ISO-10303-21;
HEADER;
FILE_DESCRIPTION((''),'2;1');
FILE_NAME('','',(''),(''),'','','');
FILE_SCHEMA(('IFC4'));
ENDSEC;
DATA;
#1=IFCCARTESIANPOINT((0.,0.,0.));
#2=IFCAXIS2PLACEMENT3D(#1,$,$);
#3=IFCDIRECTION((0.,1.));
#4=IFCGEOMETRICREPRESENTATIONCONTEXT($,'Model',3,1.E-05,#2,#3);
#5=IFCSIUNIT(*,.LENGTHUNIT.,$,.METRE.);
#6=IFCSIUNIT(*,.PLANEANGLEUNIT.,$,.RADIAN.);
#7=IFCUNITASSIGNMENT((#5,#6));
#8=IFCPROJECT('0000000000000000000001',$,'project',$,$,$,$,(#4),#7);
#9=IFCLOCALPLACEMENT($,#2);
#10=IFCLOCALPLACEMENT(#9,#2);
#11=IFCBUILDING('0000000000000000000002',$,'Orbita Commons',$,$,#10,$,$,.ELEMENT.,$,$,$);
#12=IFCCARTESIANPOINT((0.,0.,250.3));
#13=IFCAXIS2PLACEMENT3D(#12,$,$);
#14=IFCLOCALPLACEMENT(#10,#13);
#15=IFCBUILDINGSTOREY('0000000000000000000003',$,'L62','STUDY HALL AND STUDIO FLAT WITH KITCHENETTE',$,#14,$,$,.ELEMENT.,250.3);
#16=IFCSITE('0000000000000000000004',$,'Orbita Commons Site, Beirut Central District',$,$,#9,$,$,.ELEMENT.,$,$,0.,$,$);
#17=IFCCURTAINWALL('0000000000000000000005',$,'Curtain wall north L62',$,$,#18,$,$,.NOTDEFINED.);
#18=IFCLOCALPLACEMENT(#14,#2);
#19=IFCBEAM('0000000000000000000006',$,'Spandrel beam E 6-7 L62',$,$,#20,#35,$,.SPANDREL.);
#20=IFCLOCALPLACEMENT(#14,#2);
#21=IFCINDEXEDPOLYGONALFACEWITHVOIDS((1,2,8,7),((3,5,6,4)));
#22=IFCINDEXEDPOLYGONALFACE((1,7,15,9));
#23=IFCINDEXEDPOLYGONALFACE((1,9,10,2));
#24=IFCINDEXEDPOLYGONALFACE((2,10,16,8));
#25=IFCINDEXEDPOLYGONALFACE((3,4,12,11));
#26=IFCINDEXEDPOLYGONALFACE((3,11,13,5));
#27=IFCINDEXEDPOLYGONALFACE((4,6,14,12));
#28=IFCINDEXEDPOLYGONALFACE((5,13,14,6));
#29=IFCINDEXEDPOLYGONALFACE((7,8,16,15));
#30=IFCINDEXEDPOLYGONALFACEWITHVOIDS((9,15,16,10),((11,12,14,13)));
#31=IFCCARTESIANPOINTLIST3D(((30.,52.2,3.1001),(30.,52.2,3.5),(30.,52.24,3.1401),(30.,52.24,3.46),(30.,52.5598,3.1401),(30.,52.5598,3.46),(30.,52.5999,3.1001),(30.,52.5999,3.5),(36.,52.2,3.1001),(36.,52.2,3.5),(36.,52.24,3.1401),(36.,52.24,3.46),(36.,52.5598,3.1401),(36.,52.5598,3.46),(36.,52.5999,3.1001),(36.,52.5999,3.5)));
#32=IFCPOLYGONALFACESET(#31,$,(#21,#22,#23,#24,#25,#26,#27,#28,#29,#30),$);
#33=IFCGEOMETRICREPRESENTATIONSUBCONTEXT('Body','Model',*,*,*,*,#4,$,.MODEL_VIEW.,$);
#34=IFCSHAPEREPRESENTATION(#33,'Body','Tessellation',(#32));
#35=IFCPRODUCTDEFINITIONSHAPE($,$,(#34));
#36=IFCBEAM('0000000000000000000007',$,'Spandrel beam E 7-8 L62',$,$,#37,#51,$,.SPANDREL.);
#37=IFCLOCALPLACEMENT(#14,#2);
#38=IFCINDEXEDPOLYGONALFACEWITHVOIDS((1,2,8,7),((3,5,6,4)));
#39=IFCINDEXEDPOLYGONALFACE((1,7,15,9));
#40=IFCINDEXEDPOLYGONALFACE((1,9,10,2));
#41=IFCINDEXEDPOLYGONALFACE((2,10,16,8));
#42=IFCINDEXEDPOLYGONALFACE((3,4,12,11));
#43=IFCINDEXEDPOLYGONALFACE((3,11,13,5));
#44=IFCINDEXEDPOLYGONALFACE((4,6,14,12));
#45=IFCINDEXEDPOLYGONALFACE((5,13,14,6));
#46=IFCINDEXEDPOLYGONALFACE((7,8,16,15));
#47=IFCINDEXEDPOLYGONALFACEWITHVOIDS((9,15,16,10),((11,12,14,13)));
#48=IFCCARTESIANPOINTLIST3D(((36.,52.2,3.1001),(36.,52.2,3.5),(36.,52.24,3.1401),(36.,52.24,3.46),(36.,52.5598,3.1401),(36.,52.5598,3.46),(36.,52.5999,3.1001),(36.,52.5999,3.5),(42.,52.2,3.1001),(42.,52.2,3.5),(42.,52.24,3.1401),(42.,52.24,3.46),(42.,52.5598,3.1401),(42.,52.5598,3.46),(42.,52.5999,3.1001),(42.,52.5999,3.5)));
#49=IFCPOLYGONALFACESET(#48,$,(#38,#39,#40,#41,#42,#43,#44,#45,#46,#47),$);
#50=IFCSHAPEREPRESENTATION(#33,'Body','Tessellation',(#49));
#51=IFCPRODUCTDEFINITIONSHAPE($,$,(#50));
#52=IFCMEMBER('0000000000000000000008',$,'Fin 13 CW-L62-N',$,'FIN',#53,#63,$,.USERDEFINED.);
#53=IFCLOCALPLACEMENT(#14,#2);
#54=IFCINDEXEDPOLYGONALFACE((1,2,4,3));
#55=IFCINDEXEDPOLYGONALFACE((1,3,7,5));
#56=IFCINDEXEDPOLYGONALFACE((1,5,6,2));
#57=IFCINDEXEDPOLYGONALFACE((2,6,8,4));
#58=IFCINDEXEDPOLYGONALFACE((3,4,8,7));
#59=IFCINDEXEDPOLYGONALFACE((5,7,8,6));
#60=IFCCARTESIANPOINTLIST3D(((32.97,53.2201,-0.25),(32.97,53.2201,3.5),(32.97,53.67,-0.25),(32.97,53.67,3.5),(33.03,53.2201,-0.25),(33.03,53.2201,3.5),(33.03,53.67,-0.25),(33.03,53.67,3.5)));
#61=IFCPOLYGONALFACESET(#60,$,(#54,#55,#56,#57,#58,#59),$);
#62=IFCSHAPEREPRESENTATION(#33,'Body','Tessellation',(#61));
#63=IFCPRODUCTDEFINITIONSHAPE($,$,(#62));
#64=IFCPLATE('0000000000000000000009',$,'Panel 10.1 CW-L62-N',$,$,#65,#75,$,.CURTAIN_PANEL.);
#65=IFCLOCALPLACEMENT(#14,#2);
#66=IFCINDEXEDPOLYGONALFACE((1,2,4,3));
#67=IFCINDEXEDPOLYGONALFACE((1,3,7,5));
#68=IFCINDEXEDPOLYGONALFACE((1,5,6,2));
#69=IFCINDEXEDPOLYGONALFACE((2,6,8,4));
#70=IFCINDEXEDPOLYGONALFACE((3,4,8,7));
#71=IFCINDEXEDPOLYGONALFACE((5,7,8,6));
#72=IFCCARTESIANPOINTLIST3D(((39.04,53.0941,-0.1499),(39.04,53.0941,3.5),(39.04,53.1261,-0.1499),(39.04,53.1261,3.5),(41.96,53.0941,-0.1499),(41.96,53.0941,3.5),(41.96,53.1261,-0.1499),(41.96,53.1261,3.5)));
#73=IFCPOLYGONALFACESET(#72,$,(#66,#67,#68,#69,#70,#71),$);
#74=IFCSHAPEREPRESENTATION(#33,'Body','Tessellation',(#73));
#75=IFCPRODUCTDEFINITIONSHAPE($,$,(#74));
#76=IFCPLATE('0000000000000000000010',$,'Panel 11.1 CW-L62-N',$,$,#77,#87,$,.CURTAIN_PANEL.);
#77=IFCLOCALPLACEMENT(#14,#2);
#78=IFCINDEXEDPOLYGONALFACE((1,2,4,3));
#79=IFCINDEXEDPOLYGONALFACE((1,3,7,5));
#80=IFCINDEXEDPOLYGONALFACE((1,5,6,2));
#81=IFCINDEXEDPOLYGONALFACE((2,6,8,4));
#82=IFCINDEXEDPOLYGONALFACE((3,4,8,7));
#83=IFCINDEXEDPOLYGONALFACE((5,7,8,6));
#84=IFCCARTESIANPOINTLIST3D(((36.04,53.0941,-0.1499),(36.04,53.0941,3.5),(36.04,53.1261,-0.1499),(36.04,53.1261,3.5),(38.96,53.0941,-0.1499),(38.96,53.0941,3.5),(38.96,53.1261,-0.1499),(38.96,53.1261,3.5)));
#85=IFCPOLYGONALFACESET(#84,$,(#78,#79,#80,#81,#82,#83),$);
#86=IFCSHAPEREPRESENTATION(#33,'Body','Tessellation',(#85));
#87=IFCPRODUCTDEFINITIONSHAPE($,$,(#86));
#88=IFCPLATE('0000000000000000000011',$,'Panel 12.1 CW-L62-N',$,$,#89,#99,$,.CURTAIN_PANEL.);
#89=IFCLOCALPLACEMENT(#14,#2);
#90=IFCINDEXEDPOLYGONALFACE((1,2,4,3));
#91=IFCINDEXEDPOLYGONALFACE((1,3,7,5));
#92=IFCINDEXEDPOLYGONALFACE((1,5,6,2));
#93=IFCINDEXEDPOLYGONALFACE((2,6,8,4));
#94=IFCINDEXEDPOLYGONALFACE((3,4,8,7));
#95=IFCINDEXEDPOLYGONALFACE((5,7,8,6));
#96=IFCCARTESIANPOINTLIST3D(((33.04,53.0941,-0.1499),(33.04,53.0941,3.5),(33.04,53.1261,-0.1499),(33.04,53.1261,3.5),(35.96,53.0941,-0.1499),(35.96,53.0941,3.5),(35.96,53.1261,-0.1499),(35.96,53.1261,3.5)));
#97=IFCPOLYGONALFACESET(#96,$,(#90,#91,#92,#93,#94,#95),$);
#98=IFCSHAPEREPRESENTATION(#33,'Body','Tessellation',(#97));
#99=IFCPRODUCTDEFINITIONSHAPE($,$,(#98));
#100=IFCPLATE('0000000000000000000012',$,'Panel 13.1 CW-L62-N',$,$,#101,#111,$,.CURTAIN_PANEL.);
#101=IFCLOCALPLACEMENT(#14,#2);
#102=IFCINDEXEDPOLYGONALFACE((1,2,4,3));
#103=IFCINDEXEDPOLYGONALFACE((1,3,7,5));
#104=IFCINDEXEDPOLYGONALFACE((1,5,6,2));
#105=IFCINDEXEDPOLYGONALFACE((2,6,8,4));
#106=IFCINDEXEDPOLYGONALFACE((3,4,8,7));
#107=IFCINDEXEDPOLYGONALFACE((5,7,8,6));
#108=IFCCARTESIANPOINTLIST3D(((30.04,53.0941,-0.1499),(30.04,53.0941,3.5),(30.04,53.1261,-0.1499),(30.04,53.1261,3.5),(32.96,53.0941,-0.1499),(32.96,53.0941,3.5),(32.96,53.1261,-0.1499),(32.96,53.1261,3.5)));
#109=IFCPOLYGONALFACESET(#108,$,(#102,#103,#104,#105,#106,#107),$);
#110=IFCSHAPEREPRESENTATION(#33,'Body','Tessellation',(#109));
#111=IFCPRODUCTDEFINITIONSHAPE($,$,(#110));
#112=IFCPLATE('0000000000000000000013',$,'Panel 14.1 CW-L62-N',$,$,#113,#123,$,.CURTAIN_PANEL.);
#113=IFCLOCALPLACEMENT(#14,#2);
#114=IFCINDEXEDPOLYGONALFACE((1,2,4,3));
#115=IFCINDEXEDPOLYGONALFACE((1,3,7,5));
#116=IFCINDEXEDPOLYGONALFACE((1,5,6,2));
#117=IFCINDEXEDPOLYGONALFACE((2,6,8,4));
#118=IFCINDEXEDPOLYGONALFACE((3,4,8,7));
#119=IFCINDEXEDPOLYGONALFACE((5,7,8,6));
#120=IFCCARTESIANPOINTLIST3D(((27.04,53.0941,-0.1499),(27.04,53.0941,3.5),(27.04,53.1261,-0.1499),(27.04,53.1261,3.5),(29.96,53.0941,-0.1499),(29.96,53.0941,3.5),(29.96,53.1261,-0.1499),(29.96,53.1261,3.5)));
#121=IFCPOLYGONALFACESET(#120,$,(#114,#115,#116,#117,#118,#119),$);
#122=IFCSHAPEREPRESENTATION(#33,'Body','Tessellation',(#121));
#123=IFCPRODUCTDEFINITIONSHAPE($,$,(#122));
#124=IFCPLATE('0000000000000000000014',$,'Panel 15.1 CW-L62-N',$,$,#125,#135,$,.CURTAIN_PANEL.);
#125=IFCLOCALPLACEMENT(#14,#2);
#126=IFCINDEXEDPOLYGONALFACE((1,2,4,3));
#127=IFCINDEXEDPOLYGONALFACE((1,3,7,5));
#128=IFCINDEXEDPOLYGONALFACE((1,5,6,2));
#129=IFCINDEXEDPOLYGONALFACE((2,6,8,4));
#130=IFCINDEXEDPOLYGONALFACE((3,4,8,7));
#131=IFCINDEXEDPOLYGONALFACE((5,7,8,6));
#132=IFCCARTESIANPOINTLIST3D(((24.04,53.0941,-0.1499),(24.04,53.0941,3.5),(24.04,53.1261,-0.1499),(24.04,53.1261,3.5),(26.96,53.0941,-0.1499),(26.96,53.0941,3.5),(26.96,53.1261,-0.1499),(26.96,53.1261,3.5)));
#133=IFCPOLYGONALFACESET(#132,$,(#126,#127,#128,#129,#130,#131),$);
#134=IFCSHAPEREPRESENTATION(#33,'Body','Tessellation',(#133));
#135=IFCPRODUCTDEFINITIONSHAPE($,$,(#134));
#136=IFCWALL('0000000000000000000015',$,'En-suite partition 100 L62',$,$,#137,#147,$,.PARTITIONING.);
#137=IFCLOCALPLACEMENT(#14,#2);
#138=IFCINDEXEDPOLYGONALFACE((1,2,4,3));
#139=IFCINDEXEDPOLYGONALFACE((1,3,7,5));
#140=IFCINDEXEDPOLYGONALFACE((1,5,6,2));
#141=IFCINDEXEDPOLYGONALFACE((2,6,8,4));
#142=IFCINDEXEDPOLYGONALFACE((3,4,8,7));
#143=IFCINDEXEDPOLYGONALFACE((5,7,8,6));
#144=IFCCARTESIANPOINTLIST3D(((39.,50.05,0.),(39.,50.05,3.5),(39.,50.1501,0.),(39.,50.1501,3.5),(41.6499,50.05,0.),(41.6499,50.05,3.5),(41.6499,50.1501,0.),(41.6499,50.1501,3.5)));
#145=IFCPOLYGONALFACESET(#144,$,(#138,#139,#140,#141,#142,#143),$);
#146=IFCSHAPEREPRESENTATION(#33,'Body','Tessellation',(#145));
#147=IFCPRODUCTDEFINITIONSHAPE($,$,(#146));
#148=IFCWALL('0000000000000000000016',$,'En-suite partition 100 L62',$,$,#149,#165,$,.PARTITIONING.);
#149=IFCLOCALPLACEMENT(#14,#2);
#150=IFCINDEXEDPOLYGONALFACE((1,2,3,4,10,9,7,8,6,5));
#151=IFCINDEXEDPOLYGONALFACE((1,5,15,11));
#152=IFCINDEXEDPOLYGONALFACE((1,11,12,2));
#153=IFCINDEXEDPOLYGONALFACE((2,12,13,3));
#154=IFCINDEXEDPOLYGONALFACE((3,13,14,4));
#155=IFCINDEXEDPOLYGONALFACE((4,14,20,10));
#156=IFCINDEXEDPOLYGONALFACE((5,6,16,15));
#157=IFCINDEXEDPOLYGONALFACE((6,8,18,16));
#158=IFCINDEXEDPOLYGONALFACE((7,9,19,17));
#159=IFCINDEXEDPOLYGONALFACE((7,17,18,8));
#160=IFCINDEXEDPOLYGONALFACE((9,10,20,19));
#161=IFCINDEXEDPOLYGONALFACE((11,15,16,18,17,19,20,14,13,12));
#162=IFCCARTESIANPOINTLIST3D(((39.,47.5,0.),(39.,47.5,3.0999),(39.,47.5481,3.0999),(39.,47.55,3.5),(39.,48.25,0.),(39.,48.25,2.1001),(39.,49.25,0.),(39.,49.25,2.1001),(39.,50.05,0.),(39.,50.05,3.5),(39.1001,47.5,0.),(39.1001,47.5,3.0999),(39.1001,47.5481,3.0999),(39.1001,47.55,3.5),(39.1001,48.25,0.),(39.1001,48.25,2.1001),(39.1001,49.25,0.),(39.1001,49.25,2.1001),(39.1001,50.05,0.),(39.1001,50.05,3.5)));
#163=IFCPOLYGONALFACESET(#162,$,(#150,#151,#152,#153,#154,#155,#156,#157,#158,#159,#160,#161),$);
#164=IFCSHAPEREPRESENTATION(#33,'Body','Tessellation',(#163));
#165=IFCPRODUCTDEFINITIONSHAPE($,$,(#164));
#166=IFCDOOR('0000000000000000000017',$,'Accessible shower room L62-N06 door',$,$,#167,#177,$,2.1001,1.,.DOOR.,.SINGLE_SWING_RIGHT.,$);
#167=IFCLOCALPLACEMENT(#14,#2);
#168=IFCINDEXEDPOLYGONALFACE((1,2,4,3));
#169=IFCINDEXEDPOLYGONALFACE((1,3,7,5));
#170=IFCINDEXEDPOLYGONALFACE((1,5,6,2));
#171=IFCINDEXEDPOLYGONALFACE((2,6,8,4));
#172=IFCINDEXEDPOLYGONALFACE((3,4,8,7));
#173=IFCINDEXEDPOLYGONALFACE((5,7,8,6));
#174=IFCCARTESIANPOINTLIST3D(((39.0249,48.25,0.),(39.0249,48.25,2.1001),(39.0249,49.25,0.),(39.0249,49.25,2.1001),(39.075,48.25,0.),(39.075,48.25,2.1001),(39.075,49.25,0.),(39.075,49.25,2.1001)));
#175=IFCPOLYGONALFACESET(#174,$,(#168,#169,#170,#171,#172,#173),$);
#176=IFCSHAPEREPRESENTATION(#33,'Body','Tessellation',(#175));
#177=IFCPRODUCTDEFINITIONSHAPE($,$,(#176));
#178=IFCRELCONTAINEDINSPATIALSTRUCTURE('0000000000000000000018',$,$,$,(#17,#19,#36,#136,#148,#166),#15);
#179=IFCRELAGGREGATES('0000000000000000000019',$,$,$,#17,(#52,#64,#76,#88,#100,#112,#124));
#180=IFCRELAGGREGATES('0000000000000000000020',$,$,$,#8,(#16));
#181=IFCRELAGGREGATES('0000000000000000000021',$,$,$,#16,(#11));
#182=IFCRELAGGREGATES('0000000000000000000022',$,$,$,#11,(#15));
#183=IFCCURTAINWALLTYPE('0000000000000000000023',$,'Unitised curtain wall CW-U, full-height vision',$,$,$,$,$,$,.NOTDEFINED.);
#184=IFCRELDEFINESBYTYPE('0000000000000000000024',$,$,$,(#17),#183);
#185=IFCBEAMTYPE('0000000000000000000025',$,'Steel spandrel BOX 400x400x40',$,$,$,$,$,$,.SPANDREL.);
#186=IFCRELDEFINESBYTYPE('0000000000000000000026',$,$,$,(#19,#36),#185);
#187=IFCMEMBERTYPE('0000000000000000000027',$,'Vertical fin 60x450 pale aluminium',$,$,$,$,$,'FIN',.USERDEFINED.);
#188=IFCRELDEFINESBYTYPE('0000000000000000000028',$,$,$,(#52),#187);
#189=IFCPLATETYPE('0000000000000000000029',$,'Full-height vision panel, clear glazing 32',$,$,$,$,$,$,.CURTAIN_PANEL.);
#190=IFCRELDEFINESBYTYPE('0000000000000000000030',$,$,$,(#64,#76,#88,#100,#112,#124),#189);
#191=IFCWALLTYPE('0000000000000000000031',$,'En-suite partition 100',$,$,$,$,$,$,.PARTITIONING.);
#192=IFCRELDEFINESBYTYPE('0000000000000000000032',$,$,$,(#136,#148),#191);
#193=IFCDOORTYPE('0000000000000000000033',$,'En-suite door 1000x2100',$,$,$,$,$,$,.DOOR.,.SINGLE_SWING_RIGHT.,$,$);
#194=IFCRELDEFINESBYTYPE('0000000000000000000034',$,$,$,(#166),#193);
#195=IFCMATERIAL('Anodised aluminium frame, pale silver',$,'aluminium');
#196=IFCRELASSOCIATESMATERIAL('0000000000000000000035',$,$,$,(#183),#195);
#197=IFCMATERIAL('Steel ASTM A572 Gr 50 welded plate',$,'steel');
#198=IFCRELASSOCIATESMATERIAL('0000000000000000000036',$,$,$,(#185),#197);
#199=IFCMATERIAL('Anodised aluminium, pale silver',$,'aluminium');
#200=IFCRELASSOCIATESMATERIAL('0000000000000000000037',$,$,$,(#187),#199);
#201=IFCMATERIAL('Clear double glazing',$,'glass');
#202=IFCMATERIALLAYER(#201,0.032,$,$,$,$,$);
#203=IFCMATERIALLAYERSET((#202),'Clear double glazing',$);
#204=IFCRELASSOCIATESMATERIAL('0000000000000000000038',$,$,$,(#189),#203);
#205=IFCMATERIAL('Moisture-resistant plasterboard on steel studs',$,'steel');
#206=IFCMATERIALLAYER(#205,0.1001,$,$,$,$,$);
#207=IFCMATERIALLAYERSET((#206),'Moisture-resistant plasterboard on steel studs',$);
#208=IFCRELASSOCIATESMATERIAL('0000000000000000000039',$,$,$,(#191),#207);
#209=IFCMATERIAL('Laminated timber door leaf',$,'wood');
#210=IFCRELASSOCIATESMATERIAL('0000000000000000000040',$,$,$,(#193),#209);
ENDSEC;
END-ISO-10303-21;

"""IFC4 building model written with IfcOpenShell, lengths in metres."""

from ifc_helpers import new_model, si_unit, direction, frame, frame_2d, origin, origin_2d, place, context, subcontext, project, spatial, polyline, rectangle, hollow_rectangle, outline, extrude, material, layer, layer_set, material_profile, profile_set, type_object, element, fill, aggregate, save


model = new_model("IFC4")

# Units and contexts
model_context = context("Model", 3, precision=1e-05, world=origin(), true_north=direction((0.0, 1.0)))
body_context = subcontext(model_context, "Body", "Model", "MODEL_VIEW")
ifc_project = project(units=[si_unit("LENGTHUNIT", "METRE"), si_unit("PLANEANGLEUNIT", "RADIAN")], contexts=[model_context])

# Site, building, storey
site_placement = place(None, origin())
site = spatial("IfcSite", under=ifc_project, at=site_placement, Name="Orbita Commons Site, Beirut Central District", CompositionType="ELEMENT", RefElevation=0.0)
building_placement = place(site_placement, origin())
building = spatial("IfcBuilding", under=site, at=building_placement, Name="Orbita Commons", CompositionType="ELEMENT")
storey_placement = place(building_placement, frame((0.0, 0.0, 250.3)))
storey = spatial("IfcBuildingStorey", under=building, at=storey_placement, Name="L62", Description="STUDY HALL AND STUDIO FLAT WITH KITCHENETTE", CompositionType="ELEMENT", Elevation=250.3)

# Curtain wall
ifc_material_1 = material(Name="Anodised aluminium frame, pale silver", Category="aluminium")
curtain_wall_type = type_object("IfcCurtainWallType", Name="Unitised curtain wall CW-U, full-height vision", PredefinedType="NOTDEFINED", material=ifc_material_1)
curtain_wall_placement = place(storey_placement, origin())
curtain_wall = element("IfcCurtainWall", 1, at=curtain_wall_placement, inside=storey, type_object=curtain_wall_type, Name="Curtain wall north L62", PredefinedType="NOTDEFINED")

# Beams
ifc_material_2 = material(Name="Steel ASTM A572 Gr 50 welded plate", Category="steel")
ifc_material_profile_1 = material_profile(ifc_material_2, hollow_rectangle(XDim=0.3999, YDim=0.3999, WallThickness=0.04, at=origin_2d()), Name="BOX 400x400x40")
ifc_profile_set_1 = profile_set([ifc_material_profile_1], Name="Steel ASTM A572 Gr 50 welded plate")
beam_type = type_object("IfcBeamType", Name="Steel spandrel BOX 400x400x40", PredefinedType="SPANDREL", material=ifc_profile_set_1)
for number, where, z_axis, x_axis, name in (
    (2, (30.0, 52.3999, 3.3), (1.0, 0.0, 0.0), (0.0, 1.0, 0.0), "Spandrel beam E 6-7 L62"),
    (3, (36.0, 52.3999, 3.3), (1.0, 0.0, 0.0), (0.0, 1.0, 0.0), "Spandrel beam E 7-8 L62"),
):
    element("IfcBeam", number, at=place(storey_placement, frame(where, z_axis=z_axis, x_axis=x_axis)), inside=storey, type_object=beam_type, Name=name, PredefinedType="SPANDREL", context=body_context, shape_type="SweptSolid", body=[
        extrude(hollow_rectangle(XDim=0.3999, YDim=0.3999, WallThickness=0.04, at=origin_2d()), origin(), (0.0, 0.0, 1.0), 6.0),
    ])

# Member
ifc_material_3 = material(Name="Anodised aluminium, pale silver", Category="aluminium")
ifc_material_profile_2 = material_profile(ifc_material_3, rectangle(XDim=0.0601, YDim=0.45, at=origin_2d()), Name="FIN 60x450")
ifc_profile_set_2 = profile_set([ifc_material_profile_2], Name="Anodised aluminium, pale silver")
member_type_1 = type_object("IfcMemberType", Name="Vertical fin 60x450 pale aluminium", ElementType="FIN", PredefinedType="USERDEFINED", material=ifc_profile_set_2)
member_1_placement = place(storey_placement, frame((33.0, 53.4451, -0.25), z_axis=(0.0, 0.0, 1.0), x_axis=(-1.0, 0.0, 0.0)))
member_1 = element("IfcMember", 4, at=member_1_placement, type_object=member_type_1, Name="Fin 13 CW-L62-N", ObjectType="FIN", PredefinedType="USERDEFINED", context=body_context, shape_type="SweptSolid", body=[
    extrude(rectangle(XDim=0.0601, YDim=0.45, at=origin_2d()), origin(), (0.0, 0.0, 1.0), 3.75),
])

# Plates
ifc_material_4 = material(Name="Clear double glazing", Category="glass")
ifc_layer_1 = layer(ifc_material_4, 0.032)
ifc_layer_set_1 = layer_set([ifc_layer_1], Name="Clear double glazing")
plate_type = type_object("IfcPlateType", Name="Full-height vision panel, clear glazing 32", PredefinedType="CURTAIN_PANEL", material=ifc_layer_set_1)
plate_1_placement = place(storey_placement, frame((40.5, 53.1101, -0.1499), z_axis=(0.0, 0.0, 1.0), x_axis=(-1.0, 0.0, 0.0)))
plate_1 = element("IfcPlate", 5, at=plate_1_placement, type_object=plate_type, Name="Panel 10.1 CW-L62-N", PredefinedType="CURTAIN_PANEL", context=body_context, shape_type="SweptSolid", body=[
    extrude(rectangle(XDim=2.9199, YDim=0.032, at=origin_2d()), origin(), (0.0, 0.0, 1.0), 3.6499),
])
plate_2_placement = place(storey_placement, frame((37.5, 53.1101, -0.1499), z_axis=(0.0, 0.0, 1.0), x_axis=(-1.0, 0.0, 0.0)))
plate_2 = element("IfcPlate", 6, at=plate_2_placement, type_object=plate_type, Name="Panel 11.1 CW-L62-N", PredefinedType="CURTAIN_PANEL", context=body_context, shape_type="SweptSolid", body=[
    extrude(rectangle(XDim=2.9199, YDim=0.032, at=origin_2d()), origin(), (0.0, 0.0, 1.0), 3.6499),
])
plate_3_placement = place(storey_placement, frame((34.5, 53.1101, -0.1499), z_axis=(0.0, 0.0, 1.0), x_axis=(-1.0, 0.0, 0.0)))
plate_3 = element("IfcPlate", 7, at=plate_3_placement, type_object=plate_type, Name="Panel 12.1 CW-L62-N", PredefinedType="CURTAIN_PANEL", context=body_context, shape_type="SweptSolid", body=[
    extrude(rectangle(XDim=2.9199, YDim=0.032, at=origin_2d()), origin(), (0.0, 0.0, 1.0), 3.6499),
])
plate_4_placement = place(storey_placement, frame((31.5, 53.1101, -0.1499), z_axis=(0.0, 0.0, 1.0), x_axis=(-1.0, 0.0, 0.0)))
plate_4 = element("IfcPlate", 8, at=plate_4_placement, type_object=plate_type, Name="Panel 13.1 CW-L62-N", PredefinedType="CURTAIN_PANEL", context=body_context, shape_type="SweptSolid", body=[
    extrude(rectangle(XDim=2.9199, YDim=0.032, at=origin_2d()), origin(), (0.0, 0.0, 1.0), 3.6499),
])
plate_5_placement = place(storey_placement, frame((28.5, 53.1101, -0.1499), z_axis=(0.0, 0.0, 1.0), x_axis=(-1.0, 0.0, 0.0)))
plate_5 = element("IfcPlate", 9, at=plate_5_placement, type_object=plate_type, Name="Panel 14.1 CW-L62-N", PredefinedType="CURTAIN_PANEL", context=body_context, shape_type="SweptSolid", body=[
    extrude(rectangle(XDim=2.9199, YDim=0.032, at=origin_2d()), origin(), (0.0, 0.0, 1.0), 3.6499),
])
plate_6_placement = place(storey_placement, frame((25.5, 53.1101, -0.1499), z_axis=(0.0, 0.0, 1.0), x_axis=(-1.0, 0.0, 0.0)))
plate_6 = element("IfcPlate", 10, at=plate_6_placement, type_object=plate_type, Name="Panel 15.1 CW-L62-N", PredefinedType="CURTAIN_PANEL", context=body_context, shape_type="SweptSolid", body=[
    extrude(rectangle(XDim=2.9199, YDim=0.032, at=origin_2d()), origin(), (0.0, 0.0, 1.0), 3.6499),
])
aggregate(curtain_wall, [member_1, plate_1, plate_2, plate_3, plate_4, plate_5, plate_6])

# Wall
ifc_material_5 = material(Name="Moisture-resistant plasterboard on steel studs", Category="steel")
ifc_layer_2 = layer(ifc_material_5, 0.1001)
ifc_layer_set_2 = layer_set([ifc_layer_2], Name="Moisture-resistant plasterboard on steel studs")
wall_type_1 = type_object("IfcWallType", Name="En-suite partition 100", PredefinedType="PARTITIONING", material=ifc_layer_set_2)
wall_1_placement = place(storey_placement, frame((39.0, 50.1001, 0.0), z_axis=(0.0, 0.0, 1.0), x_axis=(1.0, 0.0, 0.0)))
element("IfcWall", 11, at=wall_1_placement, inside=storey, type_object=wall_type_1, Name="En-suite partition 100 L62", PredefinedType="PARTITIONING", context=body_context, shape_type="SweptSolid", body=[
    extrude(rectangle(XDim=2.6499, YDim=0.1001, at=frame_2d((1.325, 0.0))), origin(), (0.0, 0.0, 1.0), 3.5),
])

# Wall, opening, door
wall_2_placement = place(storey_placement, frame((39.05, 50.05, 0.0), z_axis=(0.0, 0.0, 1.0), x_axis=(0.0, -1.0, 0.0)))
wall_2 = element("IfcWall", 12, at=wall_2_placement, inside=storey, type_object=wall_type_1, Name="En-suite partition 100 L62", PredefinedType="PARTITIONING", context=body_context, shape_type="SweptSolid", body=[
    extrude(outline(polyline([(0.0, 0.0), (2.55, 0.0), (2.55, 3.0999), (2.502, 3.0999), (2.5, 3.5), (0.0, 3.5), (0.0, 0.0)])), frame((0.0, 0.05, 0.0), z_axis=(0.0, -1.0, 0.0), x_axis=(1.0, 0.0, 0.0)), (0.0, 0.0, 1.0), 0.1001),
])
opening_placement = place(wall_2_placement, frame((0.8, 0.0, 0.0)))
opening = element("IfcOpeningElement", 13, at=opening_placement, cuts=wall_2, PredefinedType="OPENING", context=body_context, shape_type="SweptSolid", body=[
    extrude(rectangle(XDim=1.0, YDim=2.1001, at=frame_2d((0.5, 1.05))), frame((0.0, 0.0601, 0.0), z_axis=(0.0, -1.0, 0.0), x_axis=(1.0, 0.0, 0.0)), (0.0, 0.0, 1.0), 0.1201),
])
ifc_material_6 = material(Name="Laminated timber door leaf", Category="wood")
door_type = type_object("IfcDoorType", Name="En-suite door 1000x2100", OperationType="SINGLE_SWING_RIGHT", PredefinedType="DOOR", material=ifc_material_6)
door_placement = place(opening_placement, origin())
door = element("IfcDoor", 14, at=door_placement, inside=storey, type_object=door_type, Name="Accessible shower room L62-N06 door", OperationType="SINGLE_SWING_RIGHT", OverallHeight=2.1001, OverallWidth=1.0, PredefinedType="DOOR", context=body_context, shape_type="SweptSolid", body=[
    extrude(rectangle(XDim=1.0, YDim=2.1001, at=frame_2d((0.5, 1.05))), frame((0.0, 0.0249, 0.0), z_axis=(0.0, -1.0, 0.0), x_axis=(1.0, 0.0, 0.0)), (0.0, 0.0, 1.0), 0.05),
])
fill(opening, door)

save(model, "model.ifc")
